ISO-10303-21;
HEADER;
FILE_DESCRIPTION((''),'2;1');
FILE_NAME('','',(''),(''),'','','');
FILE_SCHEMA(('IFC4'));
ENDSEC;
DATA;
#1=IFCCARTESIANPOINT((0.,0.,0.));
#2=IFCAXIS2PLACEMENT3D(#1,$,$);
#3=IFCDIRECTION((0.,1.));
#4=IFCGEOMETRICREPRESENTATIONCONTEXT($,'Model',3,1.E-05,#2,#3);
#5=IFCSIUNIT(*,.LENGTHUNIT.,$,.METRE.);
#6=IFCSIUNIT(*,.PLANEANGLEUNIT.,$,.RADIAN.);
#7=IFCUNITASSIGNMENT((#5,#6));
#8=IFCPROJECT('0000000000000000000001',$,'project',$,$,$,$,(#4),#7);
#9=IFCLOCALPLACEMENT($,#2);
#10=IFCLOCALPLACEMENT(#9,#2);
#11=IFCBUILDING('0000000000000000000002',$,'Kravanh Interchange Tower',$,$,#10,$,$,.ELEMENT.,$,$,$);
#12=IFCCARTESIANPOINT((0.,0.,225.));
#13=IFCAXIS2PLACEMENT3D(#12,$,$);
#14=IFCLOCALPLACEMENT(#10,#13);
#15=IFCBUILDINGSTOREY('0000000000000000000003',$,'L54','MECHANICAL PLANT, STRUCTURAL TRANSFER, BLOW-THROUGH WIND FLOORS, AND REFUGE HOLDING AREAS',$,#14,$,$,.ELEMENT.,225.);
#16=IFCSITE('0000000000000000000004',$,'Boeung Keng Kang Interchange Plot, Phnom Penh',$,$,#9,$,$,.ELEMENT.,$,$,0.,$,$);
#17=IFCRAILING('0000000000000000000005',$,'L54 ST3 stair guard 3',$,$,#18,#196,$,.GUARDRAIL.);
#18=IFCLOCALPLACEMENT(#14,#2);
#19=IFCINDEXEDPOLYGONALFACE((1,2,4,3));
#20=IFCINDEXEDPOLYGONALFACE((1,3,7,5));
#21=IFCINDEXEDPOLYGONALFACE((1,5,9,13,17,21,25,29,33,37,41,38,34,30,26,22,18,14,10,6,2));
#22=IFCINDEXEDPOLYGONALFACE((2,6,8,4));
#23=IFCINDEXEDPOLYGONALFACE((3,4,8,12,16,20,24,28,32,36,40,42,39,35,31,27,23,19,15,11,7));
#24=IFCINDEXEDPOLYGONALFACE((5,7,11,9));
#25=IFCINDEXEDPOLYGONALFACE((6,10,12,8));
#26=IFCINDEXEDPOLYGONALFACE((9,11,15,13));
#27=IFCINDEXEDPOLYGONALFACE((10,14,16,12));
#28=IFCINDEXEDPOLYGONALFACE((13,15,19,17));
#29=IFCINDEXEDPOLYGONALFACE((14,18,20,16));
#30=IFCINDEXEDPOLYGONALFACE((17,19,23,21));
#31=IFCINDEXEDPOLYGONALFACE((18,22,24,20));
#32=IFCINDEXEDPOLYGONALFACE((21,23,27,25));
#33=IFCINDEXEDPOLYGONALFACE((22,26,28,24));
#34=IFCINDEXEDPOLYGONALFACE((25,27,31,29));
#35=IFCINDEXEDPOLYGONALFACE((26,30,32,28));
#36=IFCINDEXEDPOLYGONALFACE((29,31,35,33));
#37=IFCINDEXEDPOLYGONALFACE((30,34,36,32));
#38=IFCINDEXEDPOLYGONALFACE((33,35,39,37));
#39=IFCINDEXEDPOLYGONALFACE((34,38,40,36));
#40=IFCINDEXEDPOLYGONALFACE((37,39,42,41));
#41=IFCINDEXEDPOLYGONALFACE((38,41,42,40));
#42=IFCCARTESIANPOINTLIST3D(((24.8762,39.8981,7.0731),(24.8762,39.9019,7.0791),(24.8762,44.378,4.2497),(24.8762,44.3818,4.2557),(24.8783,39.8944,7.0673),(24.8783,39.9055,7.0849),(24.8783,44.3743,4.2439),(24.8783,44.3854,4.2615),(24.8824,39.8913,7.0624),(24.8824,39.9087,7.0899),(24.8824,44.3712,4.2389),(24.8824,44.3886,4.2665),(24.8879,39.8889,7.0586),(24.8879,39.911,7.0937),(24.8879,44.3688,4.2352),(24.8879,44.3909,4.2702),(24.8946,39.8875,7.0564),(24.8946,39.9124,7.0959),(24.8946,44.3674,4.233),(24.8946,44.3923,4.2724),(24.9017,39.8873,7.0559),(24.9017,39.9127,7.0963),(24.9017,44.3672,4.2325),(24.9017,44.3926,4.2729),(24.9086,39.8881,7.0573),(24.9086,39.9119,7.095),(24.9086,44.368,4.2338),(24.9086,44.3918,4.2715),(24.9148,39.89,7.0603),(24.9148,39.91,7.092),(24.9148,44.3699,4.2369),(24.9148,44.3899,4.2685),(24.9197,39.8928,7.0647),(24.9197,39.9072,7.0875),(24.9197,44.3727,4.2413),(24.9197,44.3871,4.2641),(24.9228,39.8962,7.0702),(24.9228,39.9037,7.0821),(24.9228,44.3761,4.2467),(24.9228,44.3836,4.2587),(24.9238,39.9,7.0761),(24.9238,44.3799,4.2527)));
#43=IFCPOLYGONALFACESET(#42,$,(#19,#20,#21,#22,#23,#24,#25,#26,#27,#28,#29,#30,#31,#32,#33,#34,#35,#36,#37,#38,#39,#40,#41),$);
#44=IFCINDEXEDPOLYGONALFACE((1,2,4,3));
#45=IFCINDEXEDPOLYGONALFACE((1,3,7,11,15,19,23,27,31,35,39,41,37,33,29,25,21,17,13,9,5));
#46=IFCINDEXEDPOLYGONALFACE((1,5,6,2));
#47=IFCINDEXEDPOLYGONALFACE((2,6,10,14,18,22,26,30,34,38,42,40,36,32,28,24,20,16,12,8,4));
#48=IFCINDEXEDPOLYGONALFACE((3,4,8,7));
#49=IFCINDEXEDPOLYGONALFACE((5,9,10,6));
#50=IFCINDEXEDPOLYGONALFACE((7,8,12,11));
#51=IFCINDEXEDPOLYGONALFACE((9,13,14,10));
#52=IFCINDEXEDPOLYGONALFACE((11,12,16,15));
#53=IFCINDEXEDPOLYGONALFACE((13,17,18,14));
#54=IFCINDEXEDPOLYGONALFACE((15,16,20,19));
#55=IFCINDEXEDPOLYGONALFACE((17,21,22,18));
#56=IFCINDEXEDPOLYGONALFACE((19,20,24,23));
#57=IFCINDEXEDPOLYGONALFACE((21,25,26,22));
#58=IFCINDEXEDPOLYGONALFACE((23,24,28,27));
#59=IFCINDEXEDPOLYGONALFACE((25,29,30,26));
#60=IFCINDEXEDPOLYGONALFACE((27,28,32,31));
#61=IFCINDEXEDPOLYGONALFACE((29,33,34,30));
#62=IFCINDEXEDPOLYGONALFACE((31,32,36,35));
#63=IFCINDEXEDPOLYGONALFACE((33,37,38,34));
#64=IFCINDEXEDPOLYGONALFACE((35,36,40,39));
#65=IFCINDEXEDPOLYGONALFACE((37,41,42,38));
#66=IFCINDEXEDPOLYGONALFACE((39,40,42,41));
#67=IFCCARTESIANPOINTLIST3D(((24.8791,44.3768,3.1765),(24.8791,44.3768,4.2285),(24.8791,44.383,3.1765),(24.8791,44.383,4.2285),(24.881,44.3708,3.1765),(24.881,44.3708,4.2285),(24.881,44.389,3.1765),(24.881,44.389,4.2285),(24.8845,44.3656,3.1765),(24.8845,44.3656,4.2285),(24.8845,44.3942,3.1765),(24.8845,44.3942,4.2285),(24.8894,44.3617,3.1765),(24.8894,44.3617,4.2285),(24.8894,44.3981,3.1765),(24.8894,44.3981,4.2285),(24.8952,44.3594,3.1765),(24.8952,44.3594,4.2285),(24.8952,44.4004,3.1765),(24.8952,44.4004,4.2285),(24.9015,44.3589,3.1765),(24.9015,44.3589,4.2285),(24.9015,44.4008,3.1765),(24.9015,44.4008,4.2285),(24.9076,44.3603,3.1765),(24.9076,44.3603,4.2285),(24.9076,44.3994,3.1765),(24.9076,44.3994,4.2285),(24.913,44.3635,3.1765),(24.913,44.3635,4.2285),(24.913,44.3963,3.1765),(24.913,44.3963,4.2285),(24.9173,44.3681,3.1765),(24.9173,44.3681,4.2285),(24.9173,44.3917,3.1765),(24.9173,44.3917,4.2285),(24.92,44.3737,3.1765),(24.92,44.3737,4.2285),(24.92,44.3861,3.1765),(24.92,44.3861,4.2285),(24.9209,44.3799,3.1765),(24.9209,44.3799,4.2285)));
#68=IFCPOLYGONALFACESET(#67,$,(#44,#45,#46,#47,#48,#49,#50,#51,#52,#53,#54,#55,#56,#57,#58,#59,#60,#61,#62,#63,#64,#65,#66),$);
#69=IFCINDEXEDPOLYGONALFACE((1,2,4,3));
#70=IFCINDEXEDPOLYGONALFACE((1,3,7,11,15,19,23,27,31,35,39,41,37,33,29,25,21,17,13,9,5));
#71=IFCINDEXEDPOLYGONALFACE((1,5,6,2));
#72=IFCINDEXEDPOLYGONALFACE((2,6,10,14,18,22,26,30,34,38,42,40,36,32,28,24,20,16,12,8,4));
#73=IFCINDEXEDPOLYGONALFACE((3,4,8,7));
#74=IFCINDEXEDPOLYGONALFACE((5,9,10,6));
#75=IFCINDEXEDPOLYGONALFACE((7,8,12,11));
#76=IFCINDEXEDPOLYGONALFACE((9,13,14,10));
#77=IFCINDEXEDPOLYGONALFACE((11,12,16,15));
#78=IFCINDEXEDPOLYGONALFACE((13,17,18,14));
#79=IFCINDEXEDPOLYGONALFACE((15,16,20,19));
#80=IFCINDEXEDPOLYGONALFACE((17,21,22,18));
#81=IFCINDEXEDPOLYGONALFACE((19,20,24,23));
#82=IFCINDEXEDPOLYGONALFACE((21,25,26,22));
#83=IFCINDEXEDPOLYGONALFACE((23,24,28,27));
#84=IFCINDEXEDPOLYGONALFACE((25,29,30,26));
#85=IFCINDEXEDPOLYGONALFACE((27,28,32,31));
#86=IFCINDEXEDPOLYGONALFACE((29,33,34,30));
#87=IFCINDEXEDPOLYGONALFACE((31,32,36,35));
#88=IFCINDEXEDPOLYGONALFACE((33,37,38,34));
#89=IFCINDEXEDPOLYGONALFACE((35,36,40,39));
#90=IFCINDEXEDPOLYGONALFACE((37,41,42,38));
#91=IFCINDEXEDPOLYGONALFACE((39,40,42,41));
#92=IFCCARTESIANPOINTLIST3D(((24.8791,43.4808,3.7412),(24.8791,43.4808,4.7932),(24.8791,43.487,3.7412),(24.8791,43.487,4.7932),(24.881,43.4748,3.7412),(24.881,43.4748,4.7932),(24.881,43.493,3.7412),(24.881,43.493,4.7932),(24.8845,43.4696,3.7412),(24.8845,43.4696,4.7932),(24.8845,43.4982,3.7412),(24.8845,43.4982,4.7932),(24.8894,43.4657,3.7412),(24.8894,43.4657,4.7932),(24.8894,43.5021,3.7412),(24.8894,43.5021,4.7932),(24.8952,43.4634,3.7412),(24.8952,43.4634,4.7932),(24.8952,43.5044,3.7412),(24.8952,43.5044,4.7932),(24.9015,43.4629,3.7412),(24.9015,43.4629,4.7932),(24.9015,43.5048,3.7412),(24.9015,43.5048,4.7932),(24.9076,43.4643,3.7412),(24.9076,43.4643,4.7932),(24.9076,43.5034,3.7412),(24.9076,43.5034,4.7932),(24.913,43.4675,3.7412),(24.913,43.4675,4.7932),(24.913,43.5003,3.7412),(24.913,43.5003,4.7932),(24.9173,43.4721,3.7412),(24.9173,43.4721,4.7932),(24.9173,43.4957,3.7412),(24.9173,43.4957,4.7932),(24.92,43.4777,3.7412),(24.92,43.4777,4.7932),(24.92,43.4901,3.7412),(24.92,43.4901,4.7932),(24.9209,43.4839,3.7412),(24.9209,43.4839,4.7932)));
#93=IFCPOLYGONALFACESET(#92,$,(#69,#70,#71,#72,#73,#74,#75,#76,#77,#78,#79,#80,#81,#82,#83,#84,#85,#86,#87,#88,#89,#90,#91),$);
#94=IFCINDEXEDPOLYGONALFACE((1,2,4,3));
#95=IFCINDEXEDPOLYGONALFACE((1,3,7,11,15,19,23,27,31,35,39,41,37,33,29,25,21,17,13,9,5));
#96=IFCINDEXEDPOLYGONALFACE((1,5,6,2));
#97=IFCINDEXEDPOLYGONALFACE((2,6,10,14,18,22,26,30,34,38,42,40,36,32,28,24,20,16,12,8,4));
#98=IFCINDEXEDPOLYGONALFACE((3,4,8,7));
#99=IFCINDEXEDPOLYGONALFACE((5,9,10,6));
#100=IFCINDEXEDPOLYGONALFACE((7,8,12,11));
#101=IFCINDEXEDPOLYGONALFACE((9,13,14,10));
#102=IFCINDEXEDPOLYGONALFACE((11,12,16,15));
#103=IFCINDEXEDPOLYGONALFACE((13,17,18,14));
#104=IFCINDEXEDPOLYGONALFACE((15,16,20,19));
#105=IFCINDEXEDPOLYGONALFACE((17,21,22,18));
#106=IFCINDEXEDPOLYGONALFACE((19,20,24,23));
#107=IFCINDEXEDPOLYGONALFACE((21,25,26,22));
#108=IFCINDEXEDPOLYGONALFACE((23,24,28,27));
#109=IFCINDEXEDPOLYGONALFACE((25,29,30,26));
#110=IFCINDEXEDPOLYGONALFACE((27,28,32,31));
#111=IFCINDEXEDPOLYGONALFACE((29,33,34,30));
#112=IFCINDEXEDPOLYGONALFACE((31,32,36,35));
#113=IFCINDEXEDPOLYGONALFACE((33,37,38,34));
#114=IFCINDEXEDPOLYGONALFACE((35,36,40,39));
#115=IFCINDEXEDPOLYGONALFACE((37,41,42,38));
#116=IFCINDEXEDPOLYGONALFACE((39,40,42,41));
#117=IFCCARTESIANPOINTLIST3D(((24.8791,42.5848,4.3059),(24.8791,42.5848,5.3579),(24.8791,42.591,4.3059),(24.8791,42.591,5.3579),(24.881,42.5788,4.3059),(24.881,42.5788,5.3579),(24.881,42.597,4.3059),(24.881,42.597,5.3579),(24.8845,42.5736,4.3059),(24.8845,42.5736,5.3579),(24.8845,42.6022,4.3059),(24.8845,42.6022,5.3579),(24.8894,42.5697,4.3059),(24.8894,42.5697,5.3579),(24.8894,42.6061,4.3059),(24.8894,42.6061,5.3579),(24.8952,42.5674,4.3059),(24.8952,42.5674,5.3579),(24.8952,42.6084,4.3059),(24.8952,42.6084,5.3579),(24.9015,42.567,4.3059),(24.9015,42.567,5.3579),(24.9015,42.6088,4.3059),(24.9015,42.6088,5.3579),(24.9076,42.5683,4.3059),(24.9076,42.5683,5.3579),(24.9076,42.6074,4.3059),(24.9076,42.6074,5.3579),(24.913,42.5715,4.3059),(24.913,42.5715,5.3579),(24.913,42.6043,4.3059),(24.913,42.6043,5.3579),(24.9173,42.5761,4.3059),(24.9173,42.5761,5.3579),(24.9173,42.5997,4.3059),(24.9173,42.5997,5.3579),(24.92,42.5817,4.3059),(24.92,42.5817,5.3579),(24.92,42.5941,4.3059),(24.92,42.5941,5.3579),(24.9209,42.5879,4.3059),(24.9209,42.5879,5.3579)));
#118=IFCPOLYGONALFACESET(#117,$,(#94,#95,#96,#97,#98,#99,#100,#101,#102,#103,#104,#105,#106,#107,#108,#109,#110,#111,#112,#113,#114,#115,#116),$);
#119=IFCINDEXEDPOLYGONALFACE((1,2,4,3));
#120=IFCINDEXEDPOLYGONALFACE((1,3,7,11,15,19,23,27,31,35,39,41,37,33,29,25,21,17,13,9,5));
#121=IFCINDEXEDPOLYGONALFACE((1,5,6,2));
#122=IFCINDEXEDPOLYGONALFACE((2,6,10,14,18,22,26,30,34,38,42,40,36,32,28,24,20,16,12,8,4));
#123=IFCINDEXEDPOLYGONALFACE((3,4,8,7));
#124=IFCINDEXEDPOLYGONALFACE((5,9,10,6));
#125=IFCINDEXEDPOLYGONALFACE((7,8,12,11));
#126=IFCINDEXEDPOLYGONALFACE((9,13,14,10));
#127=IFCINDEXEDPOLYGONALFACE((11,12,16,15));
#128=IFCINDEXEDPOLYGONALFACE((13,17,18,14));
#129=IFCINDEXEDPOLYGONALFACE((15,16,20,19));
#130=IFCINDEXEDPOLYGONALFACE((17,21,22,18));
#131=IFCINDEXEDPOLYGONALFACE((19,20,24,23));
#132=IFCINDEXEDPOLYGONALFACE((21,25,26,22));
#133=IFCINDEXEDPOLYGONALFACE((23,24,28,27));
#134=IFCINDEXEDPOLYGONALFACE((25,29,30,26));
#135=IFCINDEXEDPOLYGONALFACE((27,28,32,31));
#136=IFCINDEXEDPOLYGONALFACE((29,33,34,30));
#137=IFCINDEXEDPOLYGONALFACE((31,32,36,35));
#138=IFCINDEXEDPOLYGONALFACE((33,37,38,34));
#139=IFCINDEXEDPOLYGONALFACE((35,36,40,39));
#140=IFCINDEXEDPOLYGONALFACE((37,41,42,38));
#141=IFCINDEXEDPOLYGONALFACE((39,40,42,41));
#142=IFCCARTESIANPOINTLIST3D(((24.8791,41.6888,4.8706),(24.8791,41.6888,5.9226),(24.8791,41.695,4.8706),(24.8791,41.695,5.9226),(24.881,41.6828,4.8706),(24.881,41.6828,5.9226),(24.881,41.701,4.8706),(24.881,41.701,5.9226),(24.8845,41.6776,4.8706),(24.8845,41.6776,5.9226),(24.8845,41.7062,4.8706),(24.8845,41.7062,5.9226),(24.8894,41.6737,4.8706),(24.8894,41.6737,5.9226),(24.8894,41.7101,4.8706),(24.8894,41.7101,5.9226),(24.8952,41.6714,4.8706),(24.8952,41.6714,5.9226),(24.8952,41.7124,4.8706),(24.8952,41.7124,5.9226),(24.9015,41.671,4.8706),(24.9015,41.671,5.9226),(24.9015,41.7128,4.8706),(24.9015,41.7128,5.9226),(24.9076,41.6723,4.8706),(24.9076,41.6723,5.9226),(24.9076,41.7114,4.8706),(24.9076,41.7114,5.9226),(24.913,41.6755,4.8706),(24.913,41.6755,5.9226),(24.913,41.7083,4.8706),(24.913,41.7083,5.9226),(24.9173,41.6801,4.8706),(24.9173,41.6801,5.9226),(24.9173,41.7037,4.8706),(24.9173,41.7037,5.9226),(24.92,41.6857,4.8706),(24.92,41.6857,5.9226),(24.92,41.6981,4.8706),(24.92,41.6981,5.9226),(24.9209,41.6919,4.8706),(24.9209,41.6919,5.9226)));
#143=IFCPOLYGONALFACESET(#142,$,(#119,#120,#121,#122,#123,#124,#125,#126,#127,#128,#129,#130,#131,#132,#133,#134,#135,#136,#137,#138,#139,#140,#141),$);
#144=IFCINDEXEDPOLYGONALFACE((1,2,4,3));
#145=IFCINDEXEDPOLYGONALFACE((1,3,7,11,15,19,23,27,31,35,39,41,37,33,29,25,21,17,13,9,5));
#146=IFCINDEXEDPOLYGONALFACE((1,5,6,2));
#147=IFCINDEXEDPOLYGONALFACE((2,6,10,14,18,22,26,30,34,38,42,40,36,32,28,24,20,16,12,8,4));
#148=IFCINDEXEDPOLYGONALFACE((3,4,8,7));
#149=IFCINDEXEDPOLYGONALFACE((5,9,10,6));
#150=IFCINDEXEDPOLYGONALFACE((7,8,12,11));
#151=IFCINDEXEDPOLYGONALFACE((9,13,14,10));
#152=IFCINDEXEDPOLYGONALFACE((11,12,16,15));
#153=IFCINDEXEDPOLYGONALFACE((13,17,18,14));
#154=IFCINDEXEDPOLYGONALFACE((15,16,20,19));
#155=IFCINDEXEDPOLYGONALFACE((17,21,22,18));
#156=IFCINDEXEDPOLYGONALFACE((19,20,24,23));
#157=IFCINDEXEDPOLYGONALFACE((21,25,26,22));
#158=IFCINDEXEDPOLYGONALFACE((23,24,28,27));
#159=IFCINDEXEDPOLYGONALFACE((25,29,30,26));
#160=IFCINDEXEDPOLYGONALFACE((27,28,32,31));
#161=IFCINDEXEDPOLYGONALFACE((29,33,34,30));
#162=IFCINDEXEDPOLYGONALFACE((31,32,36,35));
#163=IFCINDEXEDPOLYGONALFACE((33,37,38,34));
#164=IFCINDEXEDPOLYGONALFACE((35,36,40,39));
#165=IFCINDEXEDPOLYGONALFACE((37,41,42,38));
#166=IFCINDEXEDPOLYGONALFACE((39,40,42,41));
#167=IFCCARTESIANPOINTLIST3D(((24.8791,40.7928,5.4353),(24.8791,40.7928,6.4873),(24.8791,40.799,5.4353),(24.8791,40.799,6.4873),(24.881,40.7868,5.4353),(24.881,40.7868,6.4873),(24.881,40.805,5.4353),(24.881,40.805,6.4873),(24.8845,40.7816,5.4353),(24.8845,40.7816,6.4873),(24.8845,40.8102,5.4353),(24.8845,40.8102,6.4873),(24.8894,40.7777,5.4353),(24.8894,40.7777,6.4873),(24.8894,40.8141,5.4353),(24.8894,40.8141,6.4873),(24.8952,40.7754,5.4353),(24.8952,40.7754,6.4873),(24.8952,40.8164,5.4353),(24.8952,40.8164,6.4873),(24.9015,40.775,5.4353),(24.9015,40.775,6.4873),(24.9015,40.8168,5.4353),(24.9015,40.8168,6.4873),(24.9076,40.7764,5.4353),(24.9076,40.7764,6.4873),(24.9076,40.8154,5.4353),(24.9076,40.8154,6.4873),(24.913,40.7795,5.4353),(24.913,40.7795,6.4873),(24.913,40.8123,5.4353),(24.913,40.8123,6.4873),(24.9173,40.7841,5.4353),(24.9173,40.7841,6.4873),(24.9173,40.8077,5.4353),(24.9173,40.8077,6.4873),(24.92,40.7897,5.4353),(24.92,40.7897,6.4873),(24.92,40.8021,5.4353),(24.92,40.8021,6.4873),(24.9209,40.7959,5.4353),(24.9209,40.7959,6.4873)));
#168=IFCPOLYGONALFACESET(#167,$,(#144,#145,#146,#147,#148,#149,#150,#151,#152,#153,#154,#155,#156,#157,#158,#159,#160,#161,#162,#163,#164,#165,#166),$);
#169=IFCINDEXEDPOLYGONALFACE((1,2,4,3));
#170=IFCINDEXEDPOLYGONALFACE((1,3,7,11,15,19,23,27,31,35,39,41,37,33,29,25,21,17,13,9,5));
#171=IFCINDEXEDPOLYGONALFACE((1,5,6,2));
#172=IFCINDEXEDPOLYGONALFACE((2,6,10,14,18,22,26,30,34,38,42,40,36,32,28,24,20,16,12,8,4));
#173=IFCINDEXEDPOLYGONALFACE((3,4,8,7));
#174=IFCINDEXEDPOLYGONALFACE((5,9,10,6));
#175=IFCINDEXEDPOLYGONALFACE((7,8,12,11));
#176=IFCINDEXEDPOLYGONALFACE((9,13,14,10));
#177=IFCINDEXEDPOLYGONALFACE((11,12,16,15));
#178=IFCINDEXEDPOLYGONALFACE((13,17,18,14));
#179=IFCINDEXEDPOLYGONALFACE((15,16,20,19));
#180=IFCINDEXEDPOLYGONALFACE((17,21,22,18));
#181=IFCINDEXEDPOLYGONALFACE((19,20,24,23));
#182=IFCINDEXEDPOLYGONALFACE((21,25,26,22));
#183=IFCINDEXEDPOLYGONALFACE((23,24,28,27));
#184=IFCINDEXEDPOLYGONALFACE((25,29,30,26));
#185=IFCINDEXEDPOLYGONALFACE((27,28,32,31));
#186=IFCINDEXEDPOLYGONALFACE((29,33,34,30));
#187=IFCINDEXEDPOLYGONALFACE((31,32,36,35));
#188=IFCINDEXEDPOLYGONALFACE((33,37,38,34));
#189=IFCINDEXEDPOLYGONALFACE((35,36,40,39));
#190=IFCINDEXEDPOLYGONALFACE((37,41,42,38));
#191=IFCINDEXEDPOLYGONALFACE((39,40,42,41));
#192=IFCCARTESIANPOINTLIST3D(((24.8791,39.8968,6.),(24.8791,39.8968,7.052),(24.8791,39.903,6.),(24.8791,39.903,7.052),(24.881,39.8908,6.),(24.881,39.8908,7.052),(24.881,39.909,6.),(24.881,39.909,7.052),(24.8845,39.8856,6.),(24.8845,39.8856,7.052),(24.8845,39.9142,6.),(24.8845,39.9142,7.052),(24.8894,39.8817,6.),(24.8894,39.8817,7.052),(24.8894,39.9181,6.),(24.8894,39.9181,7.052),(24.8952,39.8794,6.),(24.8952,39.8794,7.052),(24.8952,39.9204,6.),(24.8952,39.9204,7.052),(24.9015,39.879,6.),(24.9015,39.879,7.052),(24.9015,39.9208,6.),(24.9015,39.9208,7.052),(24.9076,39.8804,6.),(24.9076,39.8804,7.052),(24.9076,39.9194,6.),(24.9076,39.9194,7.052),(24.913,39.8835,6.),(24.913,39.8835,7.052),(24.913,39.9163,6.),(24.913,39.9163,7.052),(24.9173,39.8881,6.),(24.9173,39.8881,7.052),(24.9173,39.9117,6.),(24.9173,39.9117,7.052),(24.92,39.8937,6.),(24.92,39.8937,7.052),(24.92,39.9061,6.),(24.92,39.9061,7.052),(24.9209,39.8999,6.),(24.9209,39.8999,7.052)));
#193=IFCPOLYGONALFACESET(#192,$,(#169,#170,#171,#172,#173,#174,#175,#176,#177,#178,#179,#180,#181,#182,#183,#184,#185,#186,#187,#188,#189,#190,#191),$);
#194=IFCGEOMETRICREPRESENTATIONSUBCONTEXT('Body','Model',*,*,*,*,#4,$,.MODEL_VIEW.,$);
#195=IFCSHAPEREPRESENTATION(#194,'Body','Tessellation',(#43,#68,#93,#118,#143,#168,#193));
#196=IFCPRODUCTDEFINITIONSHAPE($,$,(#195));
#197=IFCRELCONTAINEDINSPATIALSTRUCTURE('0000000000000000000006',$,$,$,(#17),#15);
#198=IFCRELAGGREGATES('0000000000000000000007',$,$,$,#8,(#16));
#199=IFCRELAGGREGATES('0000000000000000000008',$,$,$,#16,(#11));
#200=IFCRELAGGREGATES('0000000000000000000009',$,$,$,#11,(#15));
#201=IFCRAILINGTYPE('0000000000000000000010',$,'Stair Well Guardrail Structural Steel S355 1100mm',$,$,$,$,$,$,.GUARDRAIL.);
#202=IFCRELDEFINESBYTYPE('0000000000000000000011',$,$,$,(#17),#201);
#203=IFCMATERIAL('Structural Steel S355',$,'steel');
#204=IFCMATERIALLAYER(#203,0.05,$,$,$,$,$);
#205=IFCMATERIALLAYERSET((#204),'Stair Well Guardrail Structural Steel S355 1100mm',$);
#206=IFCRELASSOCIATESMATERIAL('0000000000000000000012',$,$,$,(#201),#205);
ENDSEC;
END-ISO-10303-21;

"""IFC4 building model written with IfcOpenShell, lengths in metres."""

from ifc_helpers import new_model, si_unit, direction, frame, origin, origin_2d, place, context, subcontext, project, spatial, circle, extrude, material, layer, layer_set, type_object, element, save


model = new_model("IFC4")

# Units and contexts
model_context = context("Model", 3, precision=1e-05, world=origin(), true_north=direction((0.0, 1.0)))
body_context = subcontext(model_context, "Body", "Model", "MODEL_VIEW")
ifc_project = project(units=[si_unit("LENGTHUNIT", "METRE"), si_unit("PLANEANGLEUNIT", "RADIAN")], contexts=[model_context])

# Site, building, storey
site_placement = place(None, origin())
site = spatial("IfcSite", under=ifc_project, at=site_placement, Name="Boeung Keng Kang Interchange Plot, Phnom Penh", CompositionType="ELEMENT", RefElevation=0.0)
building_placement = place(site_placement, origin())
building = spatial("IfcBuilding", under=site, at=building_placement, Name="Kravanh Interchange Tower", CompositionType="ELEMENT")
storey_placement = place(building_placement, frame((0.0, 0.0, 225.0)))
storey = spatial("IfcBuildingStorey", under=building, at=storey_placement, Name="L54", Description="MECHANICAL PLANT, STRUCTURAL TRANSFER, BLOW-THROUGH WIND FLOORS, AND REFUGE HOLDING AREAS", CompositionType="ELEMENT", Elevation=225.0)

# Railing
ifc_material_1 = material(Name="Structural Steel S355", Category="steel")
ifc_layer_1 = layer(ifc_material_1, 0.05)
ifc_layer_set_1 = layer_set([ifc_layer_1], Name="Stair Well Guardrail Structural Steel S355 1100mm")
railing_type_1 = type_object("IfcRailingType", Name="Stair Well Guardrail Structural Steel S355 1100mm", PredefinedType="GUARDRAIL", material=ifc_layer_set_1)
railing_1_placement = place(storey_placement, frame((24.8999, 44.3799, 3.1765)))
element("IfcRailing", 1, at=railing_1_placement, inside=storey, type_object=railing_type_1, Name="L54 ST3 stair guard 3", PredefinedType="GUARDRAIL", context=body_context, shape_type="SweptSolid", body=[
    extrude(circle(Radius=0.0239, at=origin_2d()), frame((0.0, 0.0, 1.0762), z_axis=(0.0, -0.845998, 0.533186), x_axis=(1.0, 0.0, 0.0)), (0.0, 0.0, 1.0), 5.2954),
    extrude(circle(Radius=0.021, at=origin_2d()), origin(), (0.0, 0.0, 1.0), 1.052),
    extrude(circle(Radius=0.021, at=origin_2d()), frame((0.0, -0.896, 0.5647)), (0.0, 0.0, 1.0), 1.052),
    extrude(circle(Radius=0.021, at=origin_2d()), frame((0.0, -1.792, 1.1294)), (0.0, 0.0, 1.0), 1.052),
    extrude(circle(Radius=0.021, at=origin_2d()), frame((0.0, -2.688, 1.6941)), (0.0, 0.0, 1.0), 1.052),
    extrude(circle(Radius=0.021, at=origin_2d()), frame((0.0, -3.584, 2.2588)), (0.0, 0.0, 1.0), 1.052),
    extrude(circle(Radius=0.021, at=origin_2d()), frame((0.0, -4.48, 2.8235)), (0.0, 0.0, 1.0), 1.052),
])

save(model, "model.ifc")
